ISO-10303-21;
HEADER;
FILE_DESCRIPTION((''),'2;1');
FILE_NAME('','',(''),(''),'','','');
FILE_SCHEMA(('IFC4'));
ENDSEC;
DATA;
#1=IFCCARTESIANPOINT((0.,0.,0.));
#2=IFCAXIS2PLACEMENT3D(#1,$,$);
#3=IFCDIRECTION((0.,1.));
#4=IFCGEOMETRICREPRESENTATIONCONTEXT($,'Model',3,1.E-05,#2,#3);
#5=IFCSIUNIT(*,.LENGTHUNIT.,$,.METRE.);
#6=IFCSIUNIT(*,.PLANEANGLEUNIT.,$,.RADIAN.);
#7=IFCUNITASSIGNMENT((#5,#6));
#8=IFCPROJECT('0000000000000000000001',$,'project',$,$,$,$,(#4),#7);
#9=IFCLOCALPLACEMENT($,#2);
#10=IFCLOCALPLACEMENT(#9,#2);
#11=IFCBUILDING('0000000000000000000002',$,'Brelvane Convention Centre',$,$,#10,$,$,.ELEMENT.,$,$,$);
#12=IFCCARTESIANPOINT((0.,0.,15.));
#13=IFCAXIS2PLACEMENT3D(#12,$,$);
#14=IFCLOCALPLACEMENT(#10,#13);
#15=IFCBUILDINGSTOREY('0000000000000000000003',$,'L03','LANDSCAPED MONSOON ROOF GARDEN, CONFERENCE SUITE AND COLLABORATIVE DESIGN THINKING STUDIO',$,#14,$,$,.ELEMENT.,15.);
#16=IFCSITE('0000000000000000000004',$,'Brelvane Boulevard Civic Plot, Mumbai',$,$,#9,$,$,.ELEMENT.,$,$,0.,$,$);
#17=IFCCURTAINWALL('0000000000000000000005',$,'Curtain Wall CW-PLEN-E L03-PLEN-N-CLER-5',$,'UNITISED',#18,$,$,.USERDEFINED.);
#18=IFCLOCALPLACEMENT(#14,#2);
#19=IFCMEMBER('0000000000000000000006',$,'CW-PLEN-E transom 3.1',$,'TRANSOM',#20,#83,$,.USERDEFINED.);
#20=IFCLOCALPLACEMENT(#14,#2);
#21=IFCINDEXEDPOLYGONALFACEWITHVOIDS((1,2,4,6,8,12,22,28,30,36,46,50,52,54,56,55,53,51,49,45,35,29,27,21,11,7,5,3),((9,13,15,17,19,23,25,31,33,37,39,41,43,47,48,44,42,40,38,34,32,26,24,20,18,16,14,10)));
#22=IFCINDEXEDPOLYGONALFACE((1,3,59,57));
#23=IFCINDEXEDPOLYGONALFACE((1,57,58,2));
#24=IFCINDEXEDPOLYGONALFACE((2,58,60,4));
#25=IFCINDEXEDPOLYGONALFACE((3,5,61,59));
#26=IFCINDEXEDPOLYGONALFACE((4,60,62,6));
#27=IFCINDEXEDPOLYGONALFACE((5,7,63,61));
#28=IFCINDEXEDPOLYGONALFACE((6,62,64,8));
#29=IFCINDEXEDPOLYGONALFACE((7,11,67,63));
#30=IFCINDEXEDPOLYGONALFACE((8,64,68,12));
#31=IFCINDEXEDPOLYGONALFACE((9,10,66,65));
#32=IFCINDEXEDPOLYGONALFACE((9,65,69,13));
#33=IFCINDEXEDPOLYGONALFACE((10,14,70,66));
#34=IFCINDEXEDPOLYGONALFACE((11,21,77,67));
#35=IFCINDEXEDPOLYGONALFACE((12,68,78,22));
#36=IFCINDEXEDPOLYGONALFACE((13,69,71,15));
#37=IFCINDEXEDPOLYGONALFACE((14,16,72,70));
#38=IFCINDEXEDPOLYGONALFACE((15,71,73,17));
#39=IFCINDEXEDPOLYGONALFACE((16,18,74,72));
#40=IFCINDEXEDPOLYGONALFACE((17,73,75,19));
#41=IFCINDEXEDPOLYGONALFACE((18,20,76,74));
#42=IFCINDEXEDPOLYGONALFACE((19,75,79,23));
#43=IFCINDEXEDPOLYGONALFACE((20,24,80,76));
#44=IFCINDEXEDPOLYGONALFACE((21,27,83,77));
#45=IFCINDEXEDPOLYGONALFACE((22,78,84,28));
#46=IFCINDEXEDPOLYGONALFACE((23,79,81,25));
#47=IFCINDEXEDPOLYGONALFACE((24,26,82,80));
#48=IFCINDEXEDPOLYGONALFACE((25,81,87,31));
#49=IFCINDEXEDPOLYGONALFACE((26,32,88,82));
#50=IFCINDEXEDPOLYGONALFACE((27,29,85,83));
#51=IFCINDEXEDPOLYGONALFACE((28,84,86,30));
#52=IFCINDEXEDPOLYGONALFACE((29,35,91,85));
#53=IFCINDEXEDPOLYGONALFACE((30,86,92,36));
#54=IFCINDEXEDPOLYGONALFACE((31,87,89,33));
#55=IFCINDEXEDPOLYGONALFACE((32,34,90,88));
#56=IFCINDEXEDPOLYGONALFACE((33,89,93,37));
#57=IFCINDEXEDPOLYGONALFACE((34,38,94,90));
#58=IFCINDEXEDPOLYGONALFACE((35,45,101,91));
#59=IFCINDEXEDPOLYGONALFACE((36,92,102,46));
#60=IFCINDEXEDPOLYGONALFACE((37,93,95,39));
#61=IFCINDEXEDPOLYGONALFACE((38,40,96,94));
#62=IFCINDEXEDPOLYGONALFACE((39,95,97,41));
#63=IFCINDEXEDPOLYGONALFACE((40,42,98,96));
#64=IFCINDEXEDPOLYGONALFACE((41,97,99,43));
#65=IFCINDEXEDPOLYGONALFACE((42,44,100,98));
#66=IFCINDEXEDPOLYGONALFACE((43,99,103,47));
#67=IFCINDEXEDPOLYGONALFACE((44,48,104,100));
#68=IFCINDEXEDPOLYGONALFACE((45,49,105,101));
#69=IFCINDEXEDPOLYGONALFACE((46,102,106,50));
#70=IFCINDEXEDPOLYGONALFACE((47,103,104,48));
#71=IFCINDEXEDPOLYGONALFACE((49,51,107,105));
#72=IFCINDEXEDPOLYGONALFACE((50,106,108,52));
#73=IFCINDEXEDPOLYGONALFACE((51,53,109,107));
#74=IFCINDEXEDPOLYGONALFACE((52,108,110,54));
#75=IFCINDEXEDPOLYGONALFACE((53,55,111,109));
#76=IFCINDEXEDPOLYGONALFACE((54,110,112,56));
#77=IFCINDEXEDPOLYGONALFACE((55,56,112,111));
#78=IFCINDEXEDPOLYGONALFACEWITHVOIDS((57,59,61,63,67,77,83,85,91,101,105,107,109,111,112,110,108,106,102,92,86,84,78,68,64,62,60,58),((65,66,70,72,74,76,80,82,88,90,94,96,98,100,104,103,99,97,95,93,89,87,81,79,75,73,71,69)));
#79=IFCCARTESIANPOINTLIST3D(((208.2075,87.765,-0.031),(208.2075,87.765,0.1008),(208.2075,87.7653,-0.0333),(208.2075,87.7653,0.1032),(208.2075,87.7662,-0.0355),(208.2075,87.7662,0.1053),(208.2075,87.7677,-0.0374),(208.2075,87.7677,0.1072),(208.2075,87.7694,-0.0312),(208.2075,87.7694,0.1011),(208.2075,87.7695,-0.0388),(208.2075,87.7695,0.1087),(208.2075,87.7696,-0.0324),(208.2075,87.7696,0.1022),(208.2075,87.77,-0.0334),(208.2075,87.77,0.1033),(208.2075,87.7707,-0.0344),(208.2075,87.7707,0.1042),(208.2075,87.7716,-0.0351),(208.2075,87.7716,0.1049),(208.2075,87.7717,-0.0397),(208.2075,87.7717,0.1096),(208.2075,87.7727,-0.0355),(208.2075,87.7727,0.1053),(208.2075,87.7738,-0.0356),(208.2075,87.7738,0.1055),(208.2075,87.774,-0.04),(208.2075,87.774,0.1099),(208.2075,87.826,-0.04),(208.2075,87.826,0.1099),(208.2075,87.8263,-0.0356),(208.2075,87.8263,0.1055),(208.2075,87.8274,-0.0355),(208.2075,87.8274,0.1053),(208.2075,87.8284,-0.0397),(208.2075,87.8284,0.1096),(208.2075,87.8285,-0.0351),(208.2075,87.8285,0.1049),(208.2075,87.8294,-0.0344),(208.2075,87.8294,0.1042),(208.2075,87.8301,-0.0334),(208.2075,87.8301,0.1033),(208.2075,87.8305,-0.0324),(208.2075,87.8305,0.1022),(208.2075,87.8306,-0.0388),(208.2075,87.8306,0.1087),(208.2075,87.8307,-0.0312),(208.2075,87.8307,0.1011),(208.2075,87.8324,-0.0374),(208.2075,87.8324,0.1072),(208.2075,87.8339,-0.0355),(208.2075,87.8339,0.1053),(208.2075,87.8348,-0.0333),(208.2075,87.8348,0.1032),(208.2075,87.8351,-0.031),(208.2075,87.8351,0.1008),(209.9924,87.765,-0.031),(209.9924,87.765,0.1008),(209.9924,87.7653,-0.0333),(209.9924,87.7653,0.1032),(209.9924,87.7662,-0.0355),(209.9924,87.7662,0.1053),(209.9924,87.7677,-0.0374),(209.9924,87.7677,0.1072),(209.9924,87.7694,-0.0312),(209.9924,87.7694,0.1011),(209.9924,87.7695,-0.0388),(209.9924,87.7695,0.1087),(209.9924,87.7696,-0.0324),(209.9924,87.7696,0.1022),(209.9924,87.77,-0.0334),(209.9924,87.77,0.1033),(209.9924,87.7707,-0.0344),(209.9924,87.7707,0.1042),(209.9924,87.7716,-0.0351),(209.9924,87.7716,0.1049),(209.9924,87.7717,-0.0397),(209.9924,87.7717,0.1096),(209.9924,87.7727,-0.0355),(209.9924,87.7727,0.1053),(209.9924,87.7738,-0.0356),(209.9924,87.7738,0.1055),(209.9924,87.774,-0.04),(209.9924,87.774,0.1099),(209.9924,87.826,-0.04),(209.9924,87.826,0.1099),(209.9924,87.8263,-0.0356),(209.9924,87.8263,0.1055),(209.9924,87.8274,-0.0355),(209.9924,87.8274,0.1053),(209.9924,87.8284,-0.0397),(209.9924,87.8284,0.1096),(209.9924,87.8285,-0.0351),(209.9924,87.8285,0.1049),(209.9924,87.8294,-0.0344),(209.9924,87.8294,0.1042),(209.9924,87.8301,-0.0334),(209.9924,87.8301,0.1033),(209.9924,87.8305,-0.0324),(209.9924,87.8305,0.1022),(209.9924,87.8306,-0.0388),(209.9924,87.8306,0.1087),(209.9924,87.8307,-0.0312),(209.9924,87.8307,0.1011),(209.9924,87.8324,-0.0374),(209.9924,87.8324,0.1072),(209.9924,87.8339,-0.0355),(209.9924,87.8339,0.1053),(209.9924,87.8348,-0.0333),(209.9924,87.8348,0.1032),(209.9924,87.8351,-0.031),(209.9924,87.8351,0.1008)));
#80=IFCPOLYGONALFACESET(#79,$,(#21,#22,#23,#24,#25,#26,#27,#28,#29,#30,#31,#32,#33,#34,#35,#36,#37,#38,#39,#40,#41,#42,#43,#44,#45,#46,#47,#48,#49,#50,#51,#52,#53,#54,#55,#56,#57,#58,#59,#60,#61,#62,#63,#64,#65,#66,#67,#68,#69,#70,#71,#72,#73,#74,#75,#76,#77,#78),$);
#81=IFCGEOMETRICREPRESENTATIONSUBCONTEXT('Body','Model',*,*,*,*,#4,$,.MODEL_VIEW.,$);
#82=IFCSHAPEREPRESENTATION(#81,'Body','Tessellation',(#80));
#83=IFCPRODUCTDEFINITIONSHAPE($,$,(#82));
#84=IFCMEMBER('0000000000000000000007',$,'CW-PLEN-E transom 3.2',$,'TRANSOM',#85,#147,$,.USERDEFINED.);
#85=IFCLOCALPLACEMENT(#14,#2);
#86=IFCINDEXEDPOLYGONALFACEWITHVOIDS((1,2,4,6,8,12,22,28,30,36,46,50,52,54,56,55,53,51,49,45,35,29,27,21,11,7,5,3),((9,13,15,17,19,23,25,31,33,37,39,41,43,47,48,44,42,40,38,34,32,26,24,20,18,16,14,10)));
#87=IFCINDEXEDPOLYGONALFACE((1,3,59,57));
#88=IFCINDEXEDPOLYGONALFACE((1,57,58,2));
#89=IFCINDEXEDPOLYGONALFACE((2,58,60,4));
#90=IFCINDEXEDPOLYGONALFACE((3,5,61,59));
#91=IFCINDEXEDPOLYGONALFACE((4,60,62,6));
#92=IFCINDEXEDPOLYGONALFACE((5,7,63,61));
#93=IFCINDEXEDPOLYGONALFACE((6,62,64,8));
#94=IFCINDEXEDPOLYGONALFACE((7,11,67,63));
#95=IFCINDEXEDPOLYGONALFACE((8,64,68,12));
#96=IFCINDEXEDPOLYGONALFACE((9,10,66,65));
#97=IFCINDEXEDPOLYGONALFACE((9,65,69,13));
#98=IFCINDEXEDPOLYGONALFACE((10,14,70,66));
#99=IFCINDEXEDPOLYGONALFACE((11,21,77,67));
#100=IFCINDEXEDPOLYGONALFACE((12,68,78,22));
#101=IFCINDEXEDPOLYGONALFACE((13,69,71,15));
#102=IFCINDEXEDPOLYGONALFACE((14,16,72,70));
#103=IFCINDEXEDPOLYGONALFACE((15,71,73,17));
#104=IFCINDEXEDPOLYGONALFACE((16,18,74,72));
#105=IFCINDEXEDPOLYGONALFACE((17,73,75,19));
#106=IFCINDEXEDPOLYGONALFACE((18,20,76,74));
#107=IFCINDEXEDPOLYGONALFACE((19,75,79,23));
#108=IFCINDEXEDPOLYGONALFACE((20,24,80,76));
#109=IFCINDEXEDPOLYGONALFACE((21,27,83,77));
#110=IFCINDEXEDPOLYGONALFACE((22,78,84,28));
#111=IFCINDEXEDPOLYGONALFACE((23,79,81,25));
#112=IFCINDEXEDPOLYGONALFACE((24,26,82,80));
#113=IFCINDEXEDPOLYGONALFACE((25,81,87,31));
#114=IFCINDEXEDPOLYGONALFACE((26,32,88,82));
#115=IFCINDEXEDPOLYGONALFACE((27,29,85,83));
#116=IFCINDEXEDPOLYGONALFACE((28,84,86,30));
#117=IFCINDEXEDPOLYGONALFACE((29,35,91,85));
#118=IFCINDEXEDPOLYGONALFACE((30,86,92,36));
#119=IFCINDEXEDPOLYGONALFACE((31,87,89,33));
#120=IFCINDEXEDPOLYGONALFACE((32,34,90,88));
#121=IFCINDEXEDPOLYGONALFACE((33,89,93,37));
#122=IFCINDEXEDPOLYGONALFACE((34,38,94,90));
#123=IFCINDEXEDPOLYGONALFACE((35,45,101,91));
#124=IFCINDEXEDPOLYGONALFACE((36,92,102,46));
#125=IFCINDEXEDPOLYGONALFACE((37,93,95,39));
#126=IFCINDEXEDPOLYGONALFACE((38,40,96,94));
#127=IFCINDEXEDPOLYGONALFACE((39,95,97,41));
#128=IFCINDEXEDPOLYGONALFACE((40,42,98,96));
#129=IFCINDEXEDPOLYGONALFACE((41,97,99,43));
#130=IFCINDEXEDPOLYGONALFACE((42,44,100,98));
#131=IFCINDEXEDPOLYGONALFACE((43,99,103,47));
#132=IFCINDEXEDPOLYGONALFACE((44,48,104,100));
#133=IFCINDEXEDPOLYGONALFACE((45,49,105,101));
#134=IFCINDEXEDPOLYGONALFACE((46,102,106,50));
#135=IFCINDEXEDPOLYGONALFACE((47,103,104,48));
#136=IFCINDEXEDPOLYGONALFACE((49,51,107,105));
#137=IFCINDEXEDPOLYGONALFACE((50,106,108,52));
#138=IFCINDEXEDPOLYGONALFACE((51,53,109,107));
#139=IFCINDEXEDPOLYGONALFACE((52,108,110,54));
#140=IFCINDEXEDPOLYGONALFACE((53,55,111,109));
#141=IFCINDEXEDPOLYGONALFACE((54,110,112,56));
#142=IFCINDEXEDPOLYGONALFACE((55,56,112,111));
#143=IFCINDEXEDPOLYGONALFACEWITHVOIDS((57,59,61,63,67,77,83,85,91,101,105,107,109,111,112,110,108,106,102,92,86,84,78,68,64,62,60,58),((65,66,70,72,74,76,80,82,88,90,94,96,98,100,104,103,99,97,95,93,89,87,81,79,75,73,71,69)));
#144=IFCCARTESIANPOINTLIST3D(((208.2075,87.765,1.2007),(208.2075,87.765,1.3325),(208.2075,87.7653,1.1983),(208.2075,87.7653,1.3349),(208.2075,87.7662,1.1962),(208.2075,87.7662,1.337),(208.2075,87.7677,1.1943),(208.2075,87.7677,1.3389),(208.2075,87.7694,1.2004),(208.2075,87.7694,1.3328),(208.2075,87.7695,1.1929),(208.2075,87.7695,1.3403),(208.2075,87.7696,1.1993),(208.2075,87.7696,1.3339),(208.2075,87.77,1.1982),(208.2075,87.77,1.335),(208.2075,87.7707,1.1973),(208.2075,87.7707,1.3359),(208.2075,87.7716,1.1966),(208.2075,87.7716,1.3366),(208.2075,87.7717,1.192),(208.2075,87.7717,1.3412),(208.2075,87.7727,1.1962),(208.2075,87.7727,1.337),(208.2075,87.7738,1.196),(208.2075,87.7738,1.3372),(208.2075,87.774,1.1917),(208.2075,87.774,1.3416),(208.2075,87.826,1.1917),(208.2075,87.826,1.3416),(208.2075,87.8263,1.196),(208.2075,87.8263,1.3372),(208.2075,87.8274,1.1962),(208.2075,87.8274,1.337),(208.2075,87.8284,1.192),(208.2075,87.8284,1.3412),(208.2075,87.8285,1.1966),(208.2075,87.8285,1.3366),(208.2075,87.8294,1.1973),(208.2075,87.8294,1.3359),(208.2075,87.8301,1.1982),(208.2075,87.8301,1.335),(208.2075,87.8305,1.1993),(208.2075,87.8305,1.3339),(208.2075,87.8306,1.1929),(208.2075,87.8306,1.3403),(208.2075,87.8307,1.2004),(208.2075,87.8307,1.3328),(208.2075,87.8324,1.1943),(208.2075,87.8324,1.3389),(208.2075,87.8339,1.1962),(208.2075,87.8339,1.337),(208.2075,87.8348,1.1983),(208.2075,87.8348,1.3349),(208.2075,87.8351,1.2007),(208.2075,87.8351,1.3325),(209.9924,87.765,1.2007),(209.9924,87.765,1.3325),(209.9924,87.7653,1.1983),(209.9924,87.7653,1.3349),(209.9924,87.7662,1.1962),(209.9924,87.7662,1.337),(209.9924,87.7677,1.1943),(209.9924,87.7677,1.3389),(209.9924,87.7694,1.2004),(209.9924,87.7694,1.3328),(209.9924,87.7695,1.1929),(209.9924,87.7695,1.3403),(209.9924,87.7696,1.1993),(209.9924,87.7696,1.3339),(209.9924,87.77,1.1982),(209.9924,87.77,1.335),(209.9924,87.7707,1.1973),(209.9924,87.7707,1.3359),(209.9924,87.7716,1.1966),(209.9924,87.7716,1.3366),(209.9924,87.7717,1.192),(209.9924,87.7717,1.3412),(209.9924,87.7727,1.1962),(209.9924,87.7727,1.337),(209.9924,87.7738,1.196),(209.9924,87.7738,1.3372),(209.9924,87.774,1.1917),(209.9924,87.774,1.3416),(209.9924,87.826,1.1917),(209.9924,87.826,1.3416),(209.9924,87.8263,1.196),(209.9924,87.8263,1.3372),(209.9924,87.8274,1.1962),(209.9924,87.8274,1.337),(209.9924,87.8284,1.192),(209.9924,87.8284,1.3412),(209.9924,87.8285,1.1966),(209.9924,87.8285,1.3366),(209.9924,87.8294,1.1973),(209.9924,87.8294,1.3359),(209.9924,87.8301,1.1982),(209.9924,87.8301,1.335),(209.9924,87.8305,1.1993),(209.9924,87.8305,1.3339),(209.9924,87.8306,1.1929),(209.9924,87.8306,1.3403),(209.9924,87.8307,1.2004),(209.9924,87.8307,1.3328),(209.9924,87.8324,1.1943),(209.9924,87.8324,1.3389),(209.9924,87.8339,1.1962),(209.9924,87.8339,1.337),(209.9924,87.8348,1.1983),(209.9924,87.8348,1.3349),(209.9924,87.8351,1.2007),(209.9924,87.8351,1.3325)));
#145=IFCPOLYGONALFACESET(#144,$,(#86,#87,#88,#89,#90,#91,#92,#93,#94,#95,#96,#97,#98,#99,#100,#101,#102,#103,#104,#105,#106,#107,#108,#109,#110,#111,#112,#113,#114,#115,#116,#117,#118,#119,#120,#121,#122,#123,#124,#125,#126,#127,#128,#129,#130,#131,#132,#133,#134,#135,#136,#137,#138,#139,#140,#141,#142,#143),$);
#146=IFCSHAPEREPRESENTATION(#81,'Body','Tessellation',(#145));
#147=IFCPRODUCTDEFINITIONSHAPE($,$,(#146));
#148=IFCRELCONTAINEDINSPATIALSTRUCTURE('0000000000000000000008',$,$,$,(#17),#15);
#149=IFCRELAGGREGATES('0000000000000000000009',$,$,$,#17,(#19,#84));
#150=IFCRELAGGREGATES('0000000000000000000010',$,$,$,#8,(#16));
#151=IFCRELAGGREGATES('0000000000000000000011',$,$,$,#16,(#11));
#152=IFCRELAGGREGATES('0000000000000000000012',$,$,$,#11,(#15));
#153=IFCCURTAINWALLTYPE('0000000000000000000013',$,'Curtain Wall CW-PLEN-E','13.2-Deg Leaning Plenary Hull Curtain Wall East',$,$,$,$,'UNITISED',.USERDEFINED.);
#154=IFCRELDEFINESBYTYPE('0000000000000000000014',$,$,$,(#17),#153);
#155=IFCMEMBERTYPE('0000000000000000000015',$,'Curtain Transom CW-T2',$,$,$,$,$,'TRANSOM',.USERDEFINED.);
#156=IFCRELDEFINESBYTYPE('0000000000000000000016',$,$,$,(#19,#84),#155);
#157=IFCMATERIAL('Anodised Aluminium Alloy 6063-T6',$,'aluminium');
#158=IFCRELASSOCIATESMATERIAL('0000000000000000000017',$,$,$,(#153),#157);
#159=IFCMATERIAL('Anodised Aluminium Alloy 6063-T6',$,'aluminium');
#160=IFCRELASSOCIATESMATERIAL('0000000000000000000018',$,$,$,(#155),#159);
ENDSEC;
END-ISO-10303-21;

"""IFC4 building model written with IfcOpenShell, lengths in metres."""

from ifc_helpers import new_model, si_unit, direction, frame, origin, origin_2d, place, context, subcontext, project, spatial, hollow_rectangle, extrude, material, material_profile, profile_set, type_object, element, aggregate, save


model = new_model("IFC4")

# Units and contexts
model_context = context("Model", 3, precision=1e-05, world=origin(), true_north=direction((0.0, 1.0)))
body_context = subcontext(model_context, "Body", "Model", "MODEL_VIEW")
ifc_project = project(units=[si_unit("LENGTHUNIT", "METRE"), si_unit("PLANEANGLEUNIT", "RADIAN")], contexts=[model_context])

# Site, building, storey
site_placement = place(None, origin())
site = spatial("IfcSite", under=ifc_project, at=site_placement, Name="Brelvane Boulevard Civic Plot, Mumbai", CompositionType="ELEMENT", RefElevation=0.0)
building_placement = place(site_placement, origin())
building = spatial("IfcBuilding", under=site, at=building_placement, Name="Brelvane Convention Centre", CompositionType="ELEMENT")
storey_placement = place(building_placement, frame((0.0, 0.0, 15.0)))
storey = spatial("IfcBuildingStorey", under=building, at=storey_placement, Name="L03", Description="LANDSCAPED MONSOON ROOF GARDEN, CONFERENCE SUITE AND COLLABORATIVE DESIGN THINKING STUDIO", CompositionType="ELEMENT", Elevation=15.0)

# Curtain wall, members
ifc_material_1 = material(Name="Anodised Aluminium Alloy 6063-T6", Category="aluminium")
curtain_wall_type = type_object("IfcCurtainWallType", Name="Curtain Wall CW-PLEN-E", Description="13.2-Deg Leaning Plenary Hull Curtain Wall East", ElementType="UNITISED", PredefinedType="USERDEFINED", material=ifc_material_1)
curtain_wall_placement = place(storey_placement, origin())
curtain_wall = element("IfcCurtainWall", 1, at=curtain_wall_placement, inside=storey, type_object=curtain_wall_type, Name="Curtain Wall CW-PLEN-E L03-PLEN-N-CLER-5", ObjectType="UNITISED", PredefinedType="USERDEFINED")
ifc_material_2 = material(Name="Anodised Aluminium Alloy 6063-T6", Category="aluminium")
ifc_material_profile_1 = material_profile(ifc_material_2, hollow_rectangle(XDim=0.0701, YDim=0.1499, WallThickness=0.0044, InnerFilletRadius=0.0044, OuterFilletRadius=0.009, at=origin_2d()), Name="ALU-T 150x70x4.5")
ifc_profile_set_1 = profile_set([ifc_material_profile_1], Name="Anodised Aluminium Alloy 6063-T6")
member_type_1 = type_object("IfcMemberType", Name="Curtain Transom CW-T2", ElementType="TRANSOM", PredefinedType="USERDEFINED", material=ifc_profile_set_1)
member_1_placement = place(storey_placement, frame((208.2075, 87.8, 0.0349), z_axis=(1.0, 0.0, 0.0), x_axis=(0.0, 1.0, 0.0)))
member_1 = element("IfcMember", 2, at=member_1_placement, type_object=member_type_1, Name="CW-PLEN-E transom 3.1", ObjectType="TRANSOM", PredefinedType="USERDEFINED", context=body_context, shape_type="SweptSolid", body=[
    extrude(hollow_rectangle(XDim=0.0701, YDim=0.1499, WallThickness=0.0044, InnerFilletRadius=0.0044, OuterFilletRadius=0.009, at=origin_2d()), origin(), (0.0, 0.0, 1.0), 1.7849),
])
member_2_placement = place(storey_placement, frame((208.2075, 87.8, 1.2666), z_axis=(1.0, 0.0, 0.0), x_axis=(0.0, 1.0, 0.0)))
member_2 = element("IfcMember", 3, at=member_2_placement, type_object=member_type_1, Name="CW-PLEN-E transom 3.2", ObjectType="TRANSOM", PredefinedType="USERDEFINED", context=body_context, shape_type="SweptSolid", body=[
    extrude(hollow_rectangle(XDim=0.0701, YDim=0.1499, WallThickness=0.0044, InnerFilletRadius=0.0044, OuterFilletRadius=0.009, at=origin_2d()), origin(), (0.0, 0.0, 1.0), 1.7849),
])

aggregate(curtain_wall, [member_1, member_2])

save(model, "model.ifc")
